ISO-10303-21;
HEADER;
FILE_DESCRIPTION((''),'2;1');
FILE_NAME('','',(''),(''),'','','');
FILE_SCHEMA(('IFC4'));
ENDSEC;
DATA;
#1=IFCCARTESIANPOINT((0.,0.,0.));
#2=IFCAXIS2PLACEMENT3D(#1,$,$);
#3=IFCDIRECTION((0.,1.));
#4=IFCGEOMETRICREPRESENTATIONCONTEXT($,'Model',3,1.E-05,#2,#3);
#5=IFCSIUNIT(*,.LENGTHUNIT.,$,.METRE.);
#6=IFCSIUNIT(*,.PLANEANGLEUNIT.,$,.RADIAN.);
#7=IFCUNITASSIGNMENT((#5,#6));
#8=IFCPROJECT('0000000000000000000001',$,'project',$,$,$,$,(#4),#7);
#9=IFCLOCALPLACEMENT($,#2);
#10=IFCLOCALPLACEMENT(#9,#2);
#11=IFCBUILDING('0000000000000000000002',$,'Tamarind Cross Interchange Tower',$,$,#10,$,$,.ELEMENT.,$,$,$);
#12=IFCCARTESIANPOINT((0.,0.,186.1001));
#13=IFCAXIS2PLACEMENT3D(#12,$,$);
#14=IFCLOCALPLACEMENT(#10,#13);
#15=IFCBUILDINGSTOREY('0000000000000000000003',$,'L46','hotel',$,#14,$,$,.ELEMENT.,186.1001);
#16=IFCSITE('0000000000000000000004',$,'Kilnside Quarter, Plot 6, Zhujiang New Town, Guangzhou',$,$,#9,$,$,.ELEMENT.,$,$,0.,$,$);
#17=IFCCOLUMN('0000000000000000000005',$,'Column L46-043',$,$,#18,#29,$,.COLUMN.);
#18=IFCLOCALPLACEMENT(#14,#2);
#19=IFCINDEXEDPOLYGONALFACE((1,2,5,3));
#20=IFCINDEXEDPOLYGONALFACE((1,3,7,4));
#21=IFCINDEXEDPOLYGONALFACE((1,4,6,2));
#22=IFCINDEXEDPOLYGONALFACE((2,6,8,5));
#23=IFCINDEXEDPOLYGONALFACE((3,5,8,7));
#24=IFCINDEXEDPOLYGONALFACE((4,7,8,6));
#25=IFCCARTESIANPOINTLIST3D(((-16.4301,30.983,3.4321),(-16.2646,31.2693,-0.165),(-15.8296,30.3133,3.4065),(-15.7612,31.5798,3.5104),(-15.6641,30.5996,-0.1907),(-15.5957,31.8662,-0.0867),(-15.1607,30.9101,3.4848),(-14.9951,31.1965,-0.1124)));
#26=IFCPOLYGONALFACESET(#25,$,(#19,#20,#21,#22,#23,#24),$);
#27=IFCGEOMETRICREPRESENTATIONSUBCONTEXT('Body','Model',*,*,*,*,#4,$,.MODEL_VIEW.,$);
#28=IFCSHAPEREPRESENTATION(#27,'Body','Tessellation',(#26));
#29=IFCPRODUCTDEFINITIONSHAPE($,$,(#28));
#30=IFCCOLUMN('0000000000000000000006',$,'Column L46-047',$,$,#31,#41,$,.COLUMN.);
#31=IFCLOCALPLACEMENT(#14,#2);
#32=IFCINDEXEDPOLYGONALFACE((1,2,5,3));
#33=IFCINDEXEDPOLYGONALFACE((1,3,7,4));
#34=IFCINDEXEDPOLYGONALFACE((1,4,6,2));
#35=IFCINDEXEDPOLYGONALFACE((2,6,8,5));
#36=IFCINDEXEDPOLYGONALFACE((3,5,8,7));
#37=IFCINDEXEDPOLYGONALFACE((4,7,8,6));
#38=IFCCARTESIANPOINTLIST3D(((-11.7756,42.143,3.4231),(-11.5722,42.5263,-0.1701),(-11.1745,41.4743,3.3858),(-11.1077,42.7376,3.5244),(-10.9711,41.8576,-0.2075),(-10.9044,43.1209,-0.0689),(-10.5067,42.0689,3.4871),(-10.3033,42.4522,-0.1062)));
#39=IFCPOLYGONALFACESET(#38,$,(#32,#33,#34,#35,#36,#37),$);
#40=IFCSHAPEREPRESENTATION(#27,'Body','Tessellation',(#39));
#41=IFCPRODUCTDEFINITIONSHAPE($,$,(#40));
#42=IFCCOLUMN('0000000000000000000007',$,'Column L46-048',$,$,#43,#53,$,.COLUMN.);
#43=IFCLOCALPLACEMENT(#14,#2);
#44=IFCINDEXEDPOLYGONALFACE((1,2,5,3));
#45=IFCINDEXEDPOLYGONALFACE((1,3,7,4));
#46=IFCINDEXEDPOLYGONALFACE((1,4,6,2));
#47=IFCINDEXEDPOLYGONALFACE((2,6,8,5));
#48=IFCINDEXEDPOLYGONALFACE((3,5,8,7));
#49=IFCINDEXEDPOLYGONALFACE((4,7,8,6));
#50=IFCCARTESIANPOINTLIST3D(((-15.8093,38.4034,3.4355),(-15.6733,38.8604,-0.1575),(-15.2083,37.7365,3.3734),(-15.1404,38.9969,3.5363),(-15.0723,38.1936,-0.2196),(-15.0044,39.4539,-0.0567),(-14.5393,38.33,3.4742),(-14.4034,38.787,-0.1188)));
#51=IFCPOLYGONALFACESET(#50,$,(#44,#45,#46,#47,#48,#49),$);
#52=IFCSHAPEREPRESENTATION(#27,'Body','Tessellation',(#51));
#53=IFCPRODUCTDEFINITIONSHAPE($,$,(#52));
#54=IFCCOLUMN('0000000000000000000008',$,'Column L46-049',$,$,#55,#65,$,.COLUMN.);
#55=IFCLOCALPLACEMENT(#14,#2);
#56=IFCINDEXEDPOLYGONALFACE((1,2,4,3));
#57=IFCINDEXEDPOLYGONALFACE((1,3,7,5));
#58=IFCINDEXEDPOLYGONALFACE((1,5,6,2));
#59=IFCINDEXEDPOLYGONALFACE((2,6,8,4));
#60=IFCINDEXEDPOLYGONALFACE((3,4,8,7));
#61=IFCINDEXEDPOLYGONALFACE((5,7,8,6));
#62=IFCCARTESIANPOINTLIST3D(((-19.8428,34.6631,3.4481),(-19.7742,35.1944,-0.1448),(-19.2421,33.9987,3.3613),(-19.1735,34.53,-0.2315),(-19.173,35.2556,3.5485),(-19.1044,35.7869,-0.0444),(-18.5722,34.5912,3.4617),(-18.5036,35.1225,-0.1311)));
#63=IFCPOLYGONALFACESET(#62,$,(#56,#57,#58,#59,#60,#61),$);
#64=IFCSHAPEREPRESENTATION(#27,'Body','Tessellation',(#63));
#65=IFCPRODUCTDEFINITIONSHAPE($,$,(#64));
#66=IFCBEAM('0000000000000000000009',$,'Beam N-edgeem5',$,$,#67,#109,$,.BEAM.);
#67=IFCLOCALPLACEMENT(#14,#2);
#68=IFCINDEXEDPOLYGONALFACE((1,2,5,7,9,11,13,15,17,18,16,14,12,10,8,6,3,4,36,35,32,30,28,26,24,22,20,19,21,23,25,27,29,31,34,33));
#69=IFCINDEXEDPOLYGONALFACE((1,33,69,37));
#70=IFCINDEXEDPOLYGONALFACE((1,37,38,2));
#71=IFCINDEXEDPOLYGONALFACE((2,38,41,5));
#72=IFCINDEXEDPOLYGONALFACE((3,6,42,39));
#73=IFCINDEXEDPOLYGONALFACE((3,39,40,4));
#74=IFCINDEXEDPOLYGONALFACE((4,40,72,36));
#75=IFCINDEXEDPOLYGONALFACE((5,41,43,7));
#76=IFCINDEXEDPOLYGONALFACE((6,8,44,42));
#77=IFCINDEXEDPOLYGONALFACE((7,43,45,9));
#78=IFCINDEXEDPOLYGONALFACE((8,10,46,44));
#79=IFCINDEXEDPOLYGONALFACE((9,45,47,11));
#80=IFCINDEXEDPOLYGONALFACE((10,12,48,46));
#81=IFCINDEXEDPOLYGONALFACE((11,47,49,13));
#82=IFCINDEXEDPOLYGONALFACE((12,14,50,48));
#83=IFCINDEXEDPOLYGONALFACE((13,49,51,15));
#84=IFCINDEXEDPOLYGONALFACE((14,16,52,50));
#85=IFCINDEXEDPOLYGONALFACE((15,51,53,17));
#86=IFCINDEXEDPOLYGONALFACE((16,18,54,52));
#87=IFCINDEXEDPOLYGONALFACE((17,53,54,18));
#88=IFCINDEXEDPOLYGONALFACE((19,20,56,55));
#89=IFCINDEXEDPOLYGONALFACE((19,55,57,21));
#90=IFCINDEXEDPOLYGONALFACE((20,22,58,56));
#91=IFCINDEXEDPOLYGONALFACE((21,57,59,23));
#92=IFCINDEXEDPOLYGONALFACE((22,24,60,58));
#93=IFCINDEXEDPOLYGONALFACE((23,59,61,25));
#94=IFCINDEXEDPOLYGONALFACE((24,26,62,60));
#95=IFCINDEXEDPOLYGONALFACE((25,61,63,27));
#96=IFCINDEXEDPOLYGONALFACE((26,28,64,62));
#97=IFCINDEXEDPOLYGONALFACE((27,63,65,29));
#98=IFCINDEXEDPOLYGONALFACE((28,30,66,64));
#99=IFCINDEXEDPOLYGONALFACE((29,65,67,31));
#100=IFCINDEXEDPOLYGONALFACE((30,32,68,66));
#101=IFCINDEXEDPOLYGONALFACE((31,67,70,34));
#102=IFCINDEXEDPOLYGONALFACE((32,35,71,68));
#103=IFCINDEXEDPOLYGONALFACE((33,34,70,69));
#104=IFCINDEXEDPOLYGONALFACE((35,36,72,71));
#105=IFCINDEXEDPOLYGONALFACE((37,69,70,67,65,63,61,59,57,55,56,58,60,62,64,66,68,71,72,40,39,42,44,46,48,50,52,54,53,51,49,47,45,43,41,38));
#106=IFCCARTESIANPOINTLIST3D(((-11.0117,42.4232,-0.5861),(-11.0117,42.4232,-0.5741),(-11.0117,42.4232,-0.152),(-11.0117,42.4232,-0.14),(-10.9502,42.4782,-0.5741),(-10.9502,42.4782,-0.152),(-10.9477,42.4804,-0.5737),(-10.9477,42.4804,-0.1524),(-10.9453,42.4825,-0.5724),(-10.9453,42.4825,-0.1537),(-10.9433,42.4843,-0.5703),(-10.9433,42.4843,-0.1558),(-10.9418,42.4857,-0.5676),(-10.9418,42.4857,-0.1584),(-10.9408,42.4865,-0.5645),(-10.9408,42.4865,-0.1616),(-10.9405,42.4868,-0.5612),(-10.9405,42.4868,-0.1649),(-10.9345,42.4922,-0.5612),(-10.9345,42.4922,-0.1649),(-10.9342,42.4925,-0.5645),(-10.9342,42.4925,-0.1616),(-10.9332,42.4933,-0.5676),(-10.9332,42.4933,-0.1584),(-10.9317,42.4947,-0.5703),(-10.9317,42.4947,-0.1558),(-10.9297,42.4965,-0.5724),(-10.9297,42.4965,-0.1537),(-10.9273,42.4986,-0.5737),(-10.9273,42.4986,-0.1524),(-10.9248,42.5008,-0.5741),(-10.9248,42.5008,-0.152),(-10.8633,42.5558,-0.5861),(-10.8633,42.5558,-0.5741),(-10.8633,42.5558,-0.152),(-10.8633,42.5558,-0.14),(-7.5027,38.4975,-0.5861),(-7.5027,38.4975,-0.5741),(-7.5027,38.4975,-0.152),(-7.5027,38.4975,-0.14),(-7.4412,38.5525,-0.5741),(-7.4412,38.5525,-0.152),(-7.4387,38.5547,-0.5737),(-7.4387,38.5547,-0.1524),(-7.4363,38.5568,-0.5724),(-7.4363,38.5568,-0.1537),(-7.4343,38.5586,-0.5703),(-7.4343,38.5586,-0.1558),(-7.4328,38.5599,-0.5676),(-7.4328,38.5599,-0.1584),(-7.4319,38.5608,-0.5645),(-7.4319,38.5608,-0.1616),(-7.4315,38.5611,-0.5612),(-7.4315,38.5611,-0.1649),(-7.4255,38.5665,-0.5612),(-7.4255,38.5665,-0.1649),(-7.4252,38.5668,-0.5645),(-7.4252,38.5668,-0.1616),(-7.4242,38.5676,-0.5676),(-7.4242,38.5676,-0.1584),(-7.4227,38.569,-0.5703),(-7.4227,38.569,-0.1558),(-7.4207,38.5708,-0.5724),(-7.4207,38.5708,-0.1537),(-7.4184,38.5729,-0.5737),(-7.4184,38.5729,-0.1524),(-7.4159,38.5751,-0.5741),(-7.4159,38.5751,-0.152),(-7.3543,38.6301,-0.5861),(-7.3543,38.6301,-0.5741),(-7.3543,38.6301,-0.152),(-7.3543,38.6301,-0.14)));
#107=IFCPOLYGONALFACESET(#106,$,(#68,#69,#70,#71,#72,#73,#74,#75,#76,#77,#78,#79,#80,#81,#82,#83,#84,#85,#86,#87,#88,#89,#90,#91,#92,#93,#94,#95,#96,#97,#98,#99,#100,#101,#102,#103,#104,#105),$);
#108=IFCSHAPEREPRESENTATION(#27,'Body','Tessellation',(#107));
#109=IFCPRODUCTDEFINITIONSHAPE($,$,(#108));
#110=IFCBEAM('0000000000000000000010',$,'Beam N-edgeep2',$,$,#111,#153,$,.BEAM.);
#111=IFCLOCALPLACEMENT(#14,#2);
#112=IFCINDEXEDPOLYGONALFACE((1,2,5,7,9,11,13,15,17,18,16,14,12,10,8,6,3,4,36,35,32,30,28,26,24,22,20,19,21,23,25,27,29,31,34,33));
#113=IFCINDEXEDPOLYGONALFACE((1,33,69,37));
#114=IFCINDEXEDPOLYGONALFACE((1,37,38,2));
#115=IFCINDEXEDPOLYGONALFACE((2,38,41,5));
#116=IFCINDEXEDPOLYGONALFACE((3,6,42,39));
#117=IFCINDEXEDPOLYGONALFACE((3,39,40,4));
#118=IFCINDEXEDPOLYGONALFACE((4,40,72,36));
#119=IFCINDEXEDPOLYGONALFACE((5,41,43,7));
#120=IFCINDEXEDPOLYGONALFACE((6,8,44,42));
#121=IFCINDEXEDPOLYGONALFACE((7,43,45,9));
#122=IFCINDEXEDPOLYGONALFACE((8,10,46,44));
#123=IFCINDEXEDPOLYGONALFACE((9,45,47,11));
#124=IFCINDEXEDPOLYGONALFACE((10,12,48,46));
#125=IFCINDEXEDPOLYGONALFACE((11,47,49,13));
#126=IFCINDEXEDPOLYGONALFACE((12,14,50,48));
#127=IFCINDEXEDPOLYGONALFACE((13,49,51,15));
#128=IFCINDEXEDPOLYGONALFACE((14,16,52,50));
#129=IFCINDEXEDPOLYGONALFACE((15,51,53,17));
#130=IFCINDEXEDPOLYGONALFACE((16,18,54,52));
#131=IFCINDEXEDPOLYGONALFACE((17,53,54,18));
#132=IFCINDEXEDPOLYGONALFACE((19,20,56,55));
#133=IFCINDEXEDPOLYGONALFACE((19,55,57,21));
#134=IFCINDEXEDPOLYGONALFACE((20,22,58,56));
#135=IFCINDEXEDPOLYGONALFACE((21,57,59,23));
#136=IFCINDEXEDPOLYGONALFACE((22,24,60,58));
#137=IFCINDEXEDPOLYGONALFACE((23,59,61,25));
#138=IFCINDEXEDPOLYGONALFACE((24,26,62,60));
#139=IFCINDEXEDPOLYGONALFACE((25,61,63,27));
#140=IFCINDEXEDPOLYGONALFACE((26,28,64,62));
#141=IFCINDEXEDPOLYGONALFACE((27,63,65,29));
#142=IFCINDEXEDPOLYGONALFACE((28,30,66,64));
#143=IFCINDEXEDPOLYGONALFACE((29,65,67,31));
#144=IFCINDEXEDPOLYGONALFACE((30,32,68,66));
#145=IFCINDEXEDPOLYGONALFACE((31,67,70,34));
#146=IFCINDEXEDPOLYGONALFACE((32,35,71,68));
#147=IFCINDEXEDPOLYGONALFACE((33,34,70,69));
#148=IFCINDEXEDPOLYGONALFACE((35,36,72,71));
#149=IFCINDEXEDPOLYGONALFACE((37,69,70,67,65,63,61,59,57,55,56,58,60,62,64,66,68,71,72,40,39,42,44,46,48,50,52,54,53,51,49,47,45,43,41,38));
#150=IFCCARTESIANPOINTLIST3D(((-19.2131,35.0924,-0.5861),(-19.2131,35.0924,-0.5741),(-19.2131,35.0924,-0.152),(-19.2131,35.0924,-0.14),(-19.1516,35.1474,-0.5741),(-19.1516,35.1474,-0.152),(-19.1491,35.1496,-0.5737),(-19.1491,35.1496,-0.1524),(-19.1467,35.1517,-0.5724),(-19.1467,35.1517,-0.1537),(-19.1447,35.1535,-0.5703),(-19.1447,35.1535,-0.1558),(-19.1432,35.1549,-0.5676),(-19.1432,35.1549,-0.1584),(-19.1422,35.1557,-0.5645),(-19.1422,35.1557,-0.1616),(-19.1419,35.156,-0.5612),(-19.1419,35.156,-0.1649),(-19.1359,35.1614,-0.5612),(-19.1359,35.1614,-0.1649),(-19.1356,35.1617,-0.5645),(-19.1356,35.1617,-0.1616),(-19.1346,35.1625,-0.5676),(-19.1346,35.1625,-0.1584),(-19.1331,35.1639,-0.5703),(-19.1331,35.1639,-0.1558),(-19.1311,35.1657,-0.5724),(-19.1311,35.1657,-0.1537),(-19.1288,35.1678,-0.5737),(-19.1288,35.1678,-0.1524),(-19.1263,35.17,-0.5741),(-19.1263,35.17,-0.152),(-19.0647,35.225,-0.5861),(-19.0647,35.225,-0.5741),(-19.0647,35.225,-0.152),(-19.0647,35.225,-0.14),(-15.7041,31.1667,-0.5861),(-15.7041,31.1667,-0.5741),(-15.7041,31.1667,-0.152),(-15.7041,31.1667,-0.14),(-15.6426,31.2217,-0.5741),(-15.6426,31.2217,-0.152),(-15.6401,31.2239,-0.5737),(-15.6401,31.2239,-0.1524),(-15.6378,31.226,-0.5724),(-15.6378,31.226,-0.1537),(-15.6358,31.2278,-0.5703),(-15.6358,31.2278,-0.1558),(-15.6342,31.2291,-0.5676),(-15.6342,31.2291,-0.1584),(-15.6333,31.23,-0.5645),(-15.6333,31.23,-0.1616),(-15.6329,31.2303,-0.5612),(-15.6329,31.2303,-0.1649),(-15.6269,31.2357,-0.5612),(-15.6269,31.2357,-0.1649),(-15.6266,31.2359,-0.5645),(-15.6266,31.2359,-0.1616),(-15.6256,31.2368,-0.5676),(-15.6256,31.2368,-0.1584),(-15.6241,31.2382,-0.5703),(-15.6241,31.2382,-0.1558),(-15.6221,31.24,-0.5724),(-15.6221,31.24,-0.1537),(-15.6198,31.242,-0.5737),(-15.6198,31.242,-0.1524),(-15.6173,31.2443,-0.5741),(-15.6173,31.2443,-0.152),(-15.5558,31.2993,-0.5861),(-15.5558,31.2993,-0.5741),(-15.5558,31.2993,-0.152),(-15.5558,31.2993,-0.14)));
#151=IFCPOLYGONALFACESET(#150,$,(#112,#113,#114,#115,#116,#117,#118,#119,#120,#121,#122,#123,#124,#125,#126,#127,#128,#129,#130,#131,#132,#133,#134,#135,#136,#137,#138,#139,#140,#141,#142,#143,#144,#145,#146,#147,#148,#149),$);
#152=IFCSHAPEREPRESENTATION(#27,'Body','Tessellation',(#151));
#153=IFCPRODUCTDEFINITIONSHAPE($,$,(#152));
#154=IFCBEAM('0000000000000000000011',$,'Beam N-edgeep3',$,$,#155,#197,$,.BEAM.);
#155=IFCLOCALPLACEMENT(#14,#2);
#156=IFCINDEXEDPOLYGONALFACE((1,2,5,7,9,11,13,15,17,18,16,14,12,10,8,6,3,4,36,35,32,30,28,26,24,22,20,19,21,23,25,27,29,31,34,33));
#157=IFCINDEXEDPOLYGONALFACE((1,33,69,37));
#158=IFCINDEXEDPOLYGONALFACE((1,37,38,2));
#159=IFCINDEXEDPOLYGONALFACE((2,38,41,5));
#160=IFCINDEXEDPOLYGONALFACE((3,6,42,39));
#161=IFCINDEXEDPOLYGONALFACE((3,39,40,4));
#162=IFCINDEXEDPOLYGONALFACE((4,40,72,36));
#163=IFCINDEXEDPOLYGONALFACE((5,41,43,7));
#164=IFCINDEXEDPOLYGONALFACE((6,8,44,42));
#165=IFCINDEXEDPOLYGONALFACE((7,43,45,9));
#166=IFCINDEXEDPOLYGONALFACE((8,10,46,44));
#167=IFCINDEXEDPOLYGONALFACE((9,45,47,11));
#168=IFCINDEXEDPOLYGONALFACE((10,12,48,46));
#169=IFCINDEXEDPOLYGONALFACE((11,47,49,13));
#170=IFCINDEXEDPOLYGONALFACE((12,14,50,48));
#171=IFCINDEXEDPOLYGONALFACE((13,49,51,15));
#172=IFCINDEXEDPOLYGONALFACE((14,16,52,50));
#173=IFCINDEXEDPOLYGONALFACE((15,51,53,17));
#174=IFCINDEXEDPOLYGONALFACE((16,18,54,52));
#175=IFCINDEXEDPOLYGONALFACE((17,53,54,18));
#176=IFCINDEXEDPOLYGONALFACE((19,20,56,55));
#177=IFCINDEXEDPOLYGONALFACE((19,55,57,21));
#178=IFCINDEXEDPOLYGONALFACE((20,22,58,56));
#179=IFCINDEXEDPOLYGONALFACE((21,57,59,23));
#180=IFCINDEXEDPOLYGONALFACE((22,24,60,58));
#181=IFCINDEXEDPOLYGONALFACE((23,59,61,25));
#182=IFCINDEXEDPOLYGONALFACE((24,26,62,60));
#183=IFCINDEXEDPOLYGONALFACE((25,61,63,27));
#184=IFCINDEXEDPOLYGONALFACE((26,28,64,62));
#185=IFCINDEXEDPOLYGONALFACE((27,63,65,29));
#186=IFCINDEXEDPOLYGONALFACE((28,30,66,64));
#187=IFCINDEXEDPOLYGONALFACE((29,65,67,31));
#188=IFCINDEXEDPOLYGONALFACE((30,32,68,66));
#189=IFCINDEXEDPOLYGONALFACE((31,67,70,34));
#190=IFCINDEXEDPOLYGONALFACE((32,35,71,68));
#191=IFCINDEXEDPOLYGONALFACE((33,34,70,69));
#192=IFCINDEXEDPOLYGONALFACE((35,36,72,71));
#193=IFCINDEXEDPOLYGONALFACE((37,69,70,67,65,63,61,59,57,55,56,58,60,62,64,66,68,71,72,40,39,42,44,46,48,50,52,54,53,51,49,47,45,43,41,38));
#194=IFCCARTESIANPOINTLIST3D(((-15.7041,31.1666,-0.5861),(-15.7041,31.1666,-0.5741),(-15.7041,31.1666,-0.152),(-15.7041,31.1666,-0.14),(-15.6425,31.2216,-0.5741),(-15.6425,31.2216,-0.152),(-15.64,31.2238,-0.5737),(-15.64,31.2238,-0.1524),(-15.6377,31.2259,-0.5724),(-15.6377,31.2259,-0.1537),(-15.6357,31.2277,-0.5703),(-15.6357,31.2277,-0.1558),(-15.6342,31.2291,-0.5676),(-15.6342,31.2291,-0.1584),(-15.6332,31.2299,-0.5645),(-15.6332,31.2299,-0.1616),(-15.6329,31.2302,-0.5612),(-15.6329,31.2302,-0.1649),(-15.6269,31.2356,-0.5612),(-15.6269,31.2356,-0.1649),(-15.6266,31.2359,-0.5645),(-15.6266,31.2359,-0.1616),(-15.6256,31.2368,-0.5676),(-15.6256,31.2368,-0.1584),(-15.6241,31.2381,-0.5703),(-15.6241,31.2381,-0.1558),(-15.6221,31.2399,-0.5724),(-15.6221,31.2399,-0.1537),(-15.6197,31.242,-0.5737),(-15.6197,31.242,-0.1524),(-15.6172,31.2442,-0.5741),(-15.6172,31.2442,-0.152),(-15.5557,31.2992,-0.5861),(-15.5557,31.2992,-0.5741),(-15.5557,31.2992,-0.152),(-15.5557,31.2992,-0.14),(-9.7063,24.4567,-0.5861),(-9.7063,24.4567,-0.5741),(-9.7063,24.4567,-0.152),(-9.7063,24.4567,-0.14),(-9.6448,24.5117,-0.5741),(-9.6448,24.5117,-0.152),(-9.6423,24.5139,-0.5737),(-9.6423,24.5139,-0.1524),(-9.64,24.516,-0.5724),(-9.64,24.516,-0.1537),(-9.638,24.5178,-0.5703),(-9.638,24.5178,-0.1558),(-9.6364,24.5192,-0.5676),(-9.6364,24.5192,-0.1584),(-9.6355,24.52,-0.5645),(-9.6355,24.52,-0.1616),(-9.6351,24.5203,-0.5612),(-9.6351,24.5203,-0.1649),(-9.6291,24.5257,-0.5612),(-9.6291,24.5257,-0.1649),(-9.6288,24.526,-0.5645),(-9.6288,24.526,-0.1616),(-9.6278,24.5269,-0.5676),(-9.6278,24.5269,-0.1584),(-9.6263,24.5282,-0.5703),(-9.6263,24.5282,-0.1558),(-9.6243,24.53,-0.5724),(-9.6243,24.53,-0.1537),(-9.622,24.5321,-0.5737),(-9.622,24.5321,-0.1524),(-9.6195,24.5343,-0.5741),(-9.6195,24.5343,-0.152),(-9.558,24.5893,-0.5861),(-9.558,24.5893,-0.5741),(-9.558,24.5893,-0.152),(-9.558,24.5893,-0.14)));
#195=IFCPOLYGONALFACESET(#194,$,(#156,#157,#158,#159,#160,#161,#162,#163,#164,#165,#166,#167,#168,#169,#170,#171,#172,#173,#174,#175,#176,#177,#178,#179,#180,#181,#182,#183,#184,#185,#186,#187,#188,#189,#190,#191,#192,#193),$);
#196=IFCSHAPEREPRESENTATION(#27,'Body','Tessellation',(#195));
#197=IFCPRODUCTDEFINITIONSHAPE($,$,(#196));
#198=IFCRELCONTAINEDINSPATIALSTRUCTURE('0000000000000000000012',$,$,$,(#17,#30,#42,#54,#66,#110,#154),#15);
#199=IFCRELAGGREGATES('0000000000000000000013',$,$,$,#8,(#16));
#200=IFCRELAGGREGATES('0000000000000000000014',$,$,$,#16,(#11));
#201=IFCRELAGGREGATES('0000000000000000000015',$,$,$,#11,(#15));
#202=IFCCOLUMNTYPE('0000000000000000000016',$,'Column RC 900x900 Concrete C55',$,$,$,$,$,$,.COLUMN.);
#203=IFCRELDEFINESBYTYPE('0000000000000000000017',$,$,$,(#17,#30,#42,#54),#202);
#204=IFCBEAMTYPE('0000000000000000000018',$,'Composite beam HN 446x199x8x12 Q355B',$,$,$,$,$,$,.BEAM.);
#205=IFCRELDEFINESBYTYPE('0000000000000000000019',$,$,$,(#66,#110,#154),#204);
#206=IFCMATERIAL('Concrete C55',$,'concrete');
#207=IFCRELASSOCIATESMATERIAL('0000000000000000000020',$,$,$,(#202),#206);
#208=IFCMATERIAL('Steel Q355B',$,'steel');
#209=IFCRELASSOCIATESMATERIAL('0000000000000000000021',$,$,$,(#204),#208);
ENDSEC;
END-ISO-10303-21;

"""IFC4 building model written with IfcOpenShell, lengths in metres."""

from ifc_helpers import new_model, si_unit, direction, frame, origin, origin_2d, place, context, subcontext, project, spatial, rectangle, i_section, extrude, material, material_profile, profile_set, type_object, element, save


model = new_model("IFC4")

# Units and contexts
model_context = context("Model", 3, precision=1e-05, world=origin(), true_north=direction((0.0, 1.0)))
body_context = subcontext(model_context, "Body", "Model", "MODEL_VIEW")
ifc_project = project(units=[si_unit("LENGTHUNIT", "METRE"), si_unit("PLANEANGLEUNIT", "RADIAN")], contexts=[model_context])

# Site, building, storey
site_placement = place(None, origin())
site = spatial("IfcSite", under=ifc_project, at=site_placement, Name="Kilnside Quarter, Plot 6, Zhujiang New Town, Guangzhou", CompositionType="ELEMENT", RefElevation=0.0)
building_placement = place(site_placement, origin())
building = spatial("IfcBuilding", under=site, at=building_placement, Name="Tamarind Cross Interchange Tower", CompositionType="ELEMENT")
storey_placement = place(building_placement, frame((0.0, 0.0, 186.1001)))
storey = spatial("IfcBuildingStorey", under=building, at=storey_placement, Name="L46", Description="hotel", CompositionType="ELEMENT", Elevation=186.1001)

# Columns
ifc_material_1 = material(Name="Concrete C55", Category="concrete")
ifc_material_profile_1 = material_profile(ifc_material_1, rectangle(XDim=0.8999, YDim=0.8999, at=origin_2d()), Name="RC 900x900")
ifc_profile_set_1 = profile_set([ifc_material_profile_1], Name="Concrete C55")
column_type = type_object("IfcColumnType", Name="Column RC 900x900 Concrete C55", PredefinedType="COLUMN", material=ifc_profile_set_1)
column_1_placement = place(storey_placement, frame((-15.6299, 31.2329, -0.1387), z_axis=(-0.045823, -0.079277, 0.995799), x_axis=(0.743327, 0.663246, 0.087007)))
element("IfcColumn", 1, at=column_1_placement, inside=storey, type_object=column_type, Name="Column L46-043", PredefinedType="COLUMN", context=body_context, shape_type="SweptSolid", body=[
    extrude(rectangle(XDim=0.8999, YDim=0.8999, at=origin_2d()), origin(), (0.0, 0.0, 1.0), 3.6123),
])
column_2_placement = place(storey_placement, frame((-10.9377, 42.4893, -0.1382), z_axis=(-0.056189, -0.105903, 0.992788), x_axis=(0.742102, 0.660781, 0.112488)))
element("IfcColumn", 2, at=column_2_placement, inside=storey, type_object=column_type, Name="Column L46-047", PredefinedType="COLUMN", context=body_context, shape_type="SweptSolid", body=[
    extrude(rectangle(XDim=0.8999, YDim=0.8999, at=origin_2d()), origin(), (0.0, 0.0, 1.0), 3.6194),
])
column_3_placement = place(storey_placement, frame((-15.0383, 38.8237, -0.1382), z_axis=(-0.037518, -0.126094, 0.991309), x_axis=(0.743329, 0.65948, 0.112019)))
element("IfcColumn", 3, at=column_3_placement, inside=storey, type_object=column_type, Name="Column L46-048", PredefinedType="COLUMN", context=body_context, shape_type="SweptSolid", body=[
    extrude(rectangle(XDim=0.8999, YDim=0.8999, at=origin_2d()), origin(), (0.0, 0.0, 1.0), 3.6245),
])
column_4_placement = place(storey_placement, frame((-19.1389, 35.1584, -0.1379), z_axis=(-0.018886, -0.14625, 0.989067), x_axis=(0.744331, 0.658425, 0.111572)))
element("IfcColumn", 4, at=column_4_placement, inside=storey, type_object=column_type, Name="Column L46-049", PredefinedType="COLUMN", context=body_context, shape_type="SweptSolid", body=[
    extrude(rectangle(XDim=0.8999, YDim=0.8999, at=origin_2d()), origin(), (0.0, 0.0, 1.0), 3.6326),
])

# Beams
ifc_material_2 = material(Name="Steel Q355B", Category="steel")
ifc_material_profile_2 = material_profile(ifc_material_2, i_section(OverallWidth=0.199, OverallDepth=0.446, WebThickness=0.0081, FlangeThickness=0.012, FilletRadius=0.0129, at=origin_2d()), Name="HN 446x199x8x12")
ifc_profile_set_2 = profile_set([ifc_material_profile_2], Name="Steel Q355B")
beam_type_1 = type_object("IfcBeamType", Name="Composite beam HN 446x199x8x12 Q355B", PredefinedType="BEAM", material=ifc_profile_set_2)
for number, where, z_axis, x_axis, name in (
    (5, (-10.9375, 42.4895, -0.363), (0.666425, -0.745572, 0.0), (0.745572, 0.666425, 0.0), "Beam N-edgeem5"),
    (6, (-19.1389, 35.1587, -0.363), (0.666425, -0.745572, 0.0), (0.745572, 0.666425, 0.0), "Beam N-edgeep2"),
):
    element("IfcBeam", number, at=place(storey_placement, frame(where, z_axis=z_axis, x_axis=x_axis)), inside=storey, type_object=beam_type_1, Name=name, PredefinedType="BEAM", context=body_context, shape_type="SweptSolid", body=[
        extrude(i_section(OverallWidth=0.199, OverallDepth=0.446, WebThickness=0.0081, FlangeThickness=0.012, FilletRadius=0.0129, at=origin_2d()), origin(), (0.0, 0.0, 1.0), 5.2654),
    ])
beam_1_placement = place(storey_placement, frame((-15.6299, 31.2329, -0.363), z_axis=(0.666434, -0.745564, 0.0), x_axis=(0.745564, 0.666434, 0.0)))
element("IfcBeam", 7, at=beam_1_placement, inside=storey, type_object=beam_type_1, Name="Beam N-edgeep3", PredefinedType="BEAM", context=body_context, shape_type="SweptSolid", body=[
    extrude(i_section(OverallWidth=0.199, OverallDepth=0.446, WebThickness=0.0081, FlangeThickness=0.012, FilletRadius=0.0129, at=origin_2d()), origin(), (0.0, 0.0, 1.0), 8.9998),
])

save(model, "model.ifc")
